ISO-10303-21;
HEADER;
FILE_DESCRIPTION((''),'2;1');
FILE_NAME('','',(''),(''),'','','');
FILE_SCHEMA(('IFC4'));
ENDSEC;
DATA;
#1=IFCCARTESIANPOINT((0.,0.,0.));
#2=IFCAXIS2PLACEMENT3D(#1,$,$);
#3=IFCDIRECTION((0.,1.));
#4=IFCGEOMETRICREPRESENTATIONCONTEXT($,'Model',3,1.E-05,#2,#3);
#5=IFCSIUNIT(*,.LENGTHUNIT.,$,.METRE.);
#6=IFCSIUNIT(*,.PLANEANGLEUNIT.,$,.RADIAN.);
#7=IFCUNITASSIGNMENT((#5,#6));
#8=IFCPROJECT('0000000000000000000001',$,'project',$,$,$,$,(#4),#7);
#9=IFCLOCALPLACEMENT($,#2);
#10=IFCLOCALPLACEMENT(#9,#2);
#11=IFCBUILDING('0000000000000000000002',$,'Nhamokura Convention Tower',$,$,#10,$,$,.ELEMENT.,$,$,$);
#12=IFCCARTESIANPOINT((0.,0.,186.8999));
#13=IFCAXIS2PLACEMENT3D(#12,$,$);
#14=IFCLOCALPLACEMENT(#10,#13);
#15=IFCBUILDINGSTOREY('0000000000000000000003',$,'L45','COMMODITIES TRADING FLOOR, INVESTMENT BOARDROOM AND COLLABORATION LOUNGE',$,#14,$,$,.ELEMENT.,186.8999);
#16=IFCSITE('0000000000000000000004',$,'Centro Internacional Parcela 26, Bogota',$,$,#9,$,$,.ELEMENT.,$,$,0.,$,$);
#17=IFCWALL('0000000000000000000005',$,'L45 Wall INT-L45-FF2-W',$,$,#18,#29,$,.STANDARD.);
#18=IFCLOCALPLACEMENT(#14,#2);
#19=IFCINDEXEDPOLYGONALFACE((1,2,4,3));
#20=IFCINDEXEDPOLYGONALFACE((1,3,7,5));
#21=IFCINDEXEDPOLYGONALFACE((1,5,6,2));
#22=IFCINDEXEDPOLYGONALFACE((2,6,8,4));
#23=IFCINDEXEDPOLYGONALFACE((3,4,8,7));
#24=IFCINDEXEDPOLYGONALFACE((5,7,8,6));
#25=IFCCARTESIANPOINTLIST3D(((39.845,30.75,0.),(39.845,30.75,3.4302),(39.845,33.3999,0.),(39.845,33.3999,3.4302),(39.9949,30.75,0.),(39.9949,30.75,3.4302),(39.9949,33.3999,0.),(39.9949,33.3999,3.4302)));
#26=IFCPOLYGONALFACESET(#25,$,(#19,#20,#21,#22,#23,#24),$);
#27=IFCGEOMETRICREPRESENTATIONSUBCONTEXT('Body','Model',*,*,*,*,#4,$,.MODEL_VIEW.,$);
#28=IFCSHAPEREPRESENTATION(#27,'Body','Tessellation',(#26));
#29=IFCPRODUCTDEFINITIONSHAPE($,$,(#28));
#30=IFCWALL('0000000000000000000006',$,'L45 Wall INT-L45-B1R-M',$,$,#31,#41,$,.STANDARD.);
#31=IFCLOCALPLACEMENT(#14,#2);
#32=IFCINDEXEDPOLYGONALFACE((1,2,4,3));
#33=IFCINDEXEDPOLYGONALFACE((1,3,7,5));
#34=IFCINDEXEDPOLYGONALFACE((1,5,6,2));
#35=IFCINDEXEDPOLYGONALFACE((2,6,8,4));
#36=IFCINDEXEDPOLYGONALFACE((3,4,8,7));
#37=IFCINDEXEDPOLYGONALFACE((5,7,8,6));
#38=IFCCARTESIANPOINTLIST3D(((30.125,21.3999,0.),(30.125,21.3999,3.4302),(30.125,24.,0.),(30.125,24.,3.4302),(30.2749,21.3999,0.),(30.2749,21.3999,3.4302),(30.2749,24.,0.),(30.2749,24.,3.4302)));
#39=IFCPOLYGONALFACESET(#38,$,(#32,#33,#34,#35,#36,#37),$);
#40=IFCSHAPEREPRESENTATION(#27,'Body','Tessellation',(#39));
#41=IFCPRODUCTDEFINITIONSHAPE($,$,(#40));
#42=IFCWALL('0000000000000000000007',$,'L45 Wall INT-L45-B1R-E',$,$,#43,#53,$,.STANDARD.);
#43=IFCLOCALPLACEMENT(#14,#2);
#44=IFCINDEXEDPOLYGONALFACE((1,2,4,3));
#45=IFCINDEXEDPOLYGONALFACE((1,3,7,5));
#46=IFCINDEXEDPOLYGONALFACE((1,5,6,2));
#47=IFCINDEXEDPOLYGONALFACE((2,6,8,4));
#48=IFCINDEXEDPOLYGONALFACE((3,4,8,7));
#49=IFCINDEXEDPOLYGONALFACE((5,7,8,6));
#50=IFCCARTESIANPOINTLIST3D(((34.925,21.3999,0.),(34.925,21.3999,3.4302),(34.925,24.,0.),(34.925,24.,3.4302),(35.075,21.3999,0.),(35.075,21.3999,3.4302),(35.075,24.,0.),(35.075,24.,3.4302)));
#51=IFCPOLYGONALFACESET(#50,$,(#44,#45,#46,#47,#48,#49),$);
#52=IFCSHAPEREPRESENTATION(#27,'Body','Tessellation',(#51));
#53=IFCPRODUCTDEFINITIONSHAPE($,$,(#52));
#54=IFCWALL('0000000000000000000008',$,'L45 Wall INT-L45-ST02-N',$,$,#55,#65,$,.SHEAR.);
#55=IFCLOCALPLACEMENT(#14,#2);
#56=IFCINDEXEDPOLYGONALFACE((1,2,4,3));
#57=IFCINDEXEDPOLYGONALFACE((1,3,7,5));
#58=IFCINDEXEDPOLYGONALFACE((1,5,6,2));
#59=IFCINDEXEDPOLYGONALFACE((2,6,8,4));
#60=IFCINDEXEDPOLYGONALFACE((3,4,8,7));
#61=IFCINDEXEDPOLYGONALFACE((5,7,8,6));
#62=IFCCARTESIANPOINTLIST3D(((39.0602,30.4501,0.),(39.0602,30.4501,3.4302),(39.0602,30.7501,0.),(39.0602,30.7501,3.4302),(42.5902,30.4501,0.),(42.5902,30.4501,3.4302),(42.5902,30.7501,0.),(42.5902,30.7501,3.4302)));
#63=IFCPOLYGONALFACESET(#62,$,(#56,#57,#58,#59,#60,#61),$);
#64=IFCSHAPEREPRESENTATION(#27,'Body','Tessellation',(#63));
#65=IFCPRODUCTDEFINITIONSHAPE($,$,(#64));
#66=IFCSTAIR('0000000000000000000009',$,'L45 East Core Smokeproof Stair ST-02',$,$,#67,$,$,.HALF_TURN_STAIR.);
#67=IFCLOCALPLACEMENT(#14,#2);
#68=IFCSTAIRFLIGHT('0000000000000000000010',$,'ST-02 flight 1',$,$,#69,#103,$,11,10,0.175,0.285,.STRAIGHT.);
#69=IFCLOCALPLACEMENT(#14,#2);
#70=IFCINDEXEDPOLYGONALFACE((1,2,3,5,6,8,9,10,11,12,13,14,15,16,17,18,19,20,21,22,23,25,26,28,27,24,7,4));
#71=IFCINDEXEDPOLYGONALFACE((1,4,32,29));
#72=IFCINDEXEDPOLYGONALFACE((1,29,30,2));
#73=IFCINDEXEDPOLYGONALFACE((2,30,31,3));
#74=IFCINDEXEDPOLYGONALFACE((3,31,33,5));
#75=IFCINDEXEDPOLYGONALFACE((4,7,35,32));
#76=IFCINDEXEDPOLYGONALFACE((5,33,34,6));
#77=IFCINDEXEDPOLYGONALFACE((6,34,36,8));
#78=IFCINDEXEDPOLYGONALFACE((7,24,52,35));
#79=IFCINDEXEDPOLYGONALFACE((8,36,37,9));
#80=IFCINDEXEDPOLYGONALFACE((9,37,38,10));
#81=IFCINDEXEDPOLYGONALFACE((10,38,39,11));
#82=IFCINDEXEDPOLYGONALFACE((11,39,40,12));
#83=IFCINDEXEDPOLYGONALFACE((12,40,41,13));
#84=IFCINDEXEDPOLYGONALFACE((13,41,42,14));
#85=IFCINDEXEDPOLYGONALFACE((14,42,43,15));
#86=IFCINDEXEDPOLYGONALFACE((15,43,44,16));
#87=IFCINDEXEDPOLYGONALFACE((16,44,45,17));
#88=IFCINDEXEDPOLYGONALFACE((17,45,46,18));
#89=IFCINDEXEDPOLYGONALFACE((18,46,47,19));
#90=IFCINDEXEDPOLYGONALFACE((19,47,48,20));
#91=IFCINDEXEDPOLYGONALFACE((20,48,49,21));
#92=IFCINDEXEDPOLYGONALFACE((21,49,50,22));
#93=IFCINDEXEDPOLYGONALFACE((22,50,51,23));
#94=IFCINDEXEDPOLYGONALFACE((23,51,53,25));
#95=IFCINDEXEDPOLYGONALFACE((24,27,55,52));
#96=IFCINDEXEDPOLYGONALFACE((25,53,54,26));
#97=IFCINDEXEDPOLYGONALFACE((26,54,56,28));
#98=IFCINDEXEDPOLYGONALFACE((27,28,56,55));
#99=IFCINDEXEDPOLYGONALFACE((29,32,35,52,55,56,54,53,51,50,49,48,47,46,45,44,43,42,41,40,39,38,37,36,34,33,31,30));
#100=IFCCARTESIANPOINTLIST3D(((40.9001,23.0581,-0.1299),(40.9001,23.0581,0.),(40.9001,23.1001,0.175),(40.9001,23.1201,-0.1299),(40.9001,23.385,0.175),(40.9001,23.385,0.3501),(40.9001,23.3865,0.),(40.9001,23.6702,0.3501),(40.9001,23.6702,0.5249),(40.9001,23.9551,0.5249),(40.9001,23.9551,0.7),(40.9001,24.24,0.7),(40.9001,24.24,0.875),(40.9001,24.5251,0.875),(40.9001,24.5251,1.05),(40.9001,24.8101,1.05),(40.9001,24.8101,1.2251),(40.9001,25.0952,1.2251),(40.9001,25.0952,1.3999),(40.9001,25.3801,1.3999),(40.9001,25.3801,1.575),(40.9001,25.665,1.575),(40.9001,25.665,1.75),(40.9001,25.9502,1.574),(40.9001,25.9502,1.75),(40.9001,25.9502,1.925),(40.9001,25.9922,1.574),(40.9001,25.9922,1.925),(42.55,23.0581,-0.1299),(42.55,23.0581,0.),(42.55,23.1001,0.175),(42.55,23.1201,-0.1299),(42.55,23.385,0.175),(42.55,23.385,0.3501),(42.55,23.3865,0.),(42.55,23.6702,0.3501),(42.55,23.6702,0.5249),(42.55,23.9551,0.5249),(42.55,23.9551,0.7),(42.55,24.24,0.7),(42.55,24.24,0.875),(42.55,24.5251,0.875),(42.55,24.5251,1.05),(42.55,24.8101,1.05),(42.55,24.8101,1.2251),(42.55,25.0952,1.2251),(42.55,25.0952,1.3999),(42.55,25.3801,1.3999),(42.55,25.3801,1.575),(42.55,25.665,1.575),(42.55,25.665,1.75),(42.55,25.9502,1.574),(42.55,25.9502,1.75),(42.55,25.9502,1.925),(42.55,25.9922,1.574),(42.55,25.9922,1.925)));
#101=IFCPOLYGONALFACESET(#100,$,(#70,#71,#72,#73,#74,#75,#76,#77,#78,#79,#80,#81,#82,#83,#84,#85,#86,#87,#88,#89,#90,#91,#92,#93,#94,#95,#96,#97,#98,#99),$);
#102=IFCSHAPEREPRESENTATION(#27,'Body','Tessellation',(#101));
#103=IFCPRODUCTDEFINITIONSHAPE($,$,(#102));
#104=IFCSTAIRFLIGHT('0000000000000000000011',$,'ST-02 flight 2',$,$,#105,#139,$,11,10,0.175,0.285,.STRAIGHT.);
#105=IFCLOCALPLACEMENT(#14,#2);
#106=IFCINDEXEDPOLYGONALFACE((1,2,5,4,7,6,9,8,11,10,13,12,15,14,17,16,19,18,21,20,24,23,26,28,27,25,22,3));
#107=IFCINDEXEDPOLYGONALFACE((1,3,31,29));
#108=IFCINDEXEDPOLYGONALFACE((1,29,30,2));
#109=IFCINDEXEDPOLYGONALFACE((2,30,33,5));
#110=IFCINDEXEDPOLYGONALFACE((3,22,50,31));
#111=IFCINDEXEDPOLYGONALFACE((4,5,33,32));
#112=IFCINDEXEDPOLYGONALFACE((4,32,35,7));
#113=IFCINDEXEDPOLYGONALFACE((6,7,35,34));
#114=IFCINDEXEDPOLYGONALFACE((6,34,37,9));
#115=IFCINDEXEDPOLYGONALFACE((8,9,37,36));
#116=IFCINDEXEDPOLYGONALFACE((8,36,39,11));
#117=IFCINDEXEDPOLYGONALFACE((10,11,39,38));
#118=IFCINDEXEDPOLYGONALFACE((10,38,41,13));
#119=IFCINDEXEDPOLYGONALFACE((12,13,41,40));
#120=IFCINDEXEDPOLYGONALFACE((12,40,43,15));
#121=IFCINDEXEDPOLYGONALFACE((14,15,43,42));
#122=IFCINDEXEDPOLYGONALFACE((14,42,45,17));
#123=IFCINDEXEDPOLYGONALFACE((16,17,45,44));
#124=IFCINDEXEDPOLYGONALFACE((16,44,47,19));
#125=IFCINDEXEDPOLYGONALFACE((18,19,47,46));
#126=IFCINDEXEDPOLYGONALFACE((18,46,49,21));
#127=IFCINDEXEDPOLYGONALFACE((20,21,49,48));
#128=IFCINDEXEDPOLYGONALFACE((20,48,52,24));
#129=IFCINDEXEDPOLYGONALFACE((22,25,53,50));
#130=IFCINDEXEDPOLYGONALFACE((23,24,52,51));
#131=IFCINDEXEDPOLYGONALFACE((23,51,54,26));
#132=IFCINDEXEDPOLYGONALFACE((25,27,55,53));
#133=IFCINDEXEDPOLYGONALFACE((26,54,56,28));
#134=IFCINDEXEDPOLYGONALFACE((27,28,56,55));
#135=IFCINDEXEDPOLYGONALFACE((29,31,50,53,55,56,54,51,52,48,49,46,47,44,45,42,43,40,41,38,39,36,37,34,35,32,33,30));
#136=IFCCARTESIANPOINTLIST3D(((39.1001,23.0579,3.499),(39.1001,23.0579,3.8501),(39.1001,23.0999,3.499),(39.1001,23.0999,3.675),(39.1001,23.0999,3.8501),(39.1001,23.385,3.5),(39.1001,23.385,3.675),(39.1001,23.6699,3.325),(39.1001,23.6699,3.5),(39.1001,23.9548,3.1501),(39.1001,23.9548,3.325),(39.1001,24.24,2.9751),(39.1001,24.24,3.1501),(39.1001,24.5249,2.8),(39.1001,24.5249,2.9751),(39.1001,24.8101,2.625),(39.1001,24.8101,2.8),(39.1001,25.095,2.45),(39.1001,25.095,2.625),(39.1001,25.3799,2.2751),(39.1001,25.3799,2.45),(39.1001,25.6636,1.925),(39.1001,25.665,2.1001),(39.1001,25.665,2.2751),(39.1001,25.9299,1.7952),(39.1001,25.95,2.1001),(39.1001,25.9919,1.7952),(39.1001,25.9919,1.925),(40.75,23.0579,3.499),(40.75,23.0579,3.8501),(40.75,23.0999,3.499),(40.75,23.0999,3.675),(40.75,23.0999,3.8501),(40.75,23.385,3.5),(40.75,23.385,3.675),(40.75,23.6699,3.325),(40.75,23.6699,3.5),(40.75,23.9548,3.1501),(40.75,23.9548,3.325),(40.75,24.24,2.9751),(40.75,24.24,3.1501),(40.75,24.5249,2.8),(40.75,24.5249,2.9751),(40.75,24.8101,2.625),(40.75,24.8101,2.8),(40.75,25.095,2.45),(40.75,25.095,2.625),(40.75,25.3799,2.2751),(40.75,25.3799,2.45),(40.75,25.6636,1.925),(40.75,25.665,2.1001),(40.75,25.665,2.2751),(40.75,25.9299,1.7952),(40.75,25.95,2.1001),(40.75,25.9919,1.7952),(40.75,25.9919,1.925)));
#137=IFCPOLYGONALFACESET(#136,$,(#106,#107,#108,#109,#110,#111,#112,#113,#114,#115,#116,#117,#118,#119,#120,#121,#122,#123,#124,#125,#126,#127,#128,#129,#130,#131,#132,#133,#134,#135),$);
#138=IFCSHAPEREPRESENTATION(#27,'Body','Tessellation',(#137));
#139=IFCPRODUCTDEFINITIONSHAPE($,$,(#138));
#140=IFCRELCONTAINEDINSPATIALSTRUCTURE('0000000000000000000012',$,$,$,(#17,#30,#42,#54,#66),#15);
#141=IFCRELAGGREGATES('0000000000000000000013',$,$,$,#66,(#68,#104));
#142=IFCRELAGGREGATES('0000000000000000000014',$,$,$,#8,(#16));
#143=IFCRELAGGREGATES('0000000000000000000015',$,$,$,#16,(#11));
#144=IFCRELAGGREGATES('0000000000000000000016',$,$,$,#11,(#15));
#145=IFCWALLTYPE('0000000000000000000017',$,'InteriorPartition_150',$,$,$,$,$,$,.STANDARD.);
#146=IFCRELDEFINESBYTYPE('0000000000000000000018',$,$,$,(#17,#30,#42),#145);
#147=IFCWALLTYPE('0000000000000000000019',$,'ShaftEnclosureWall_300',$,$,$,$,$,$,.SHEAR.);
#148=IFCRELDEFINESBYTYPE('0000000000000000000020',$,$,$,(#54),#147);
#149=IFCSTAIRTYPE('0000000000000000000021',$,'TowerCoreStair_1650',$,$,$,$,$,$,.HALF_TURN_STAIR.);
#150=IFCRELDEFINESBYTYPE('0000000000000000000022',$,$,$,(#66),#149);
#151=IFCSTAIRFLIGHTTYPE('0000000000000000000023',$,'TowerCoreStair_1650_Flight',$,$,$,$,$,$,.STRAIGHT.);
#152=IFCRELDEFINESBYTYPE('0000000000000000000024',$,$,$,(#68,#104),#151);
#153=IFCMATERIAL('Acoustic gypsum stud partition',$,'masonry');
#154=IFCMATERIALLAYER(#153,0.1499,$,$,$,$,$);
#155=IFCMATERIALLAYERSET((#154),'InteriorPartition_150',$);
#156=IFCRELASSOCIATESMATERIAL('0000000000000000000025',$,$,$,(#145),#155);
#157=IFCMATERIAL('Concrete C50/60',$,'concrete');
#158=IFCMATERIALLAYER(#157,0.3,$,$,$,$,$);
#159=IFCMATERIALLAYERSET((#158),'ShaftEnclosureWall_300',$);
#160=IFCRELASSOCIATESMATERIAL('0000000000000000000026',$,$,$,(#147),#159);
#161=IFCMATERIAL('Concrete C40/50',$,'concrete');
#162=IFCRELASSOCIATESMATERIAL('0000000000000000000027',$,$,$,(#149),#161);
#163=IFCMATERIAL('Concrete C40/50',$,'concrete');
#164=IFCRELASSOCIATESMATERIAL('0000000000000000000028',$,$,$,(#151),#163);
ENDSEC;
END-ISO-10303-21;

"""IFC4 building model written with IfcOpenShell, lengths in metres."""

from ifc_helpers import new_model, si_unit, direction, frame, frame_2d, origin, place, context, subcontext, project, spatial, polyline, rectangle, outline, extrude, material, layer, layer_set, type_object, element, aggregate, save


model = new_model("IFC4")

# Units and contexts
model_context = context("Model", 3, precision=1e-05, world=origin(), true_north=direction((0.0, 1.0)))
body_context = subcontext(model_context, "Body", "Model", "MODEL_VIEW")
ifc_project = project(units=[si_unit("LENGTHUNIT", "METRE"), si_unit("PLANEANGLEUNIT", "RADIAN")], contexts=[model_context])

# Site, building, storey
site_placement = place(None, origin())
site = spatial("IfcSite", under=ifc_project, at=site_placement, Name="Centro Internacional Parcela 26, Bogota", CompositionType="ELEMENT", RefElevation=0.0)
building_placement = place(site_placement, origin())
building = spatial("IfcBuilding", under=site, at=building_placement, Name="Nhamokura Convention Tower", CompositionType="ELEMENT")
storey_placement = place(building_placement, frame((0.0, 0.0, 186.8999)))
storey = spatial("IfcBuildingStorey", under=building, at=storey_placement, Name="L45", Description="COMMODITIES TRADING FLOOR, INVESTMENT BOARDROOM AND COLLABORATION LOUNGE", CompositionType="ELEMENT", Elevation=186.8999)

# Walls
ifc_material_1 = material(Name="Acoustic gypsum stud partition", Category="masonry")
ifc_layer_1 = layer(ifc_material_1, 0.1499)
ifc_layer_set_1 = layer_set([ifc_layer_1], Name="InteriorPartition_150")
wall_type_1 = type_object("IfcWallType", Name="InteriorPartition_150", PredefinedType="STANDARD", material=ifc_layer_set_1)
wall_1_placement = place(storey_placement, frame((39.9199, 30.75, 0.0), z_axis=(0.0, 0.0, 1.0), x_axis=(0.0, 1.0, 0.0)))
element("IfcWall", 1, at=wall_1_placement, inside=storey, type_object=wall_type_1, Name="L45 Wall INT-L45-FF2-W", PredefinedType="STANDARD", context=body_context, shape_type="SweptSolid", body=[
    extrude(rectangle(XDim=2.6499, YDim=0.1499, at=frame_2d((1.325, 0.0))), origin(), (0.0, 0.0, 1.0), 3.4302),
])
for number, where, z_axis, x_axis, name in (
    (2, (30.2, 21.3999, 0.0), (0.0, 0.0, 1.0), (0.0, 1.0, 0.0), "L45 Wall INT-L45-B1R-M"),
    (3, (35.0, 21.3999, 0.0), (0.0, 0.0, 1.0), (0.0, 1.0, 0.0), "L45 Wall INT-L45-B1R-E"),
):
    element("IfcWall", number, at=place(storey_placement, frame(where, z_axis=z_axis, x_axis=x_axis)), inside=storey, type_object=wall_type_1, Name=name, PredefinedType="STANDARD", context=body_context, shape_type="SweptSolid", body=[
        extrude(rectangle(XDim=2.6001, YDim=0.1499, at=frame_2d((1.3, 0.0))), origin(), (0.0, 0.0, 1.0), 3.4302),
    ])
ifc_material_2 = material(Name="Concrete C50/60", Category="concrete")
ifc_layer_2 = layer(ifc_material_2, 0.3)
ifc_layer_set_2 = layer_set([ifc_layer_2], Name="ShaftEnclosureWall_300")
wall_type_2 = type_object("IfcWallType", Name="ShaftEnclosureWall_300", PredefinedType="SHEAR", material=ifc_layer_set_2)
wall_2_placement = place(storey_placement, frame((39.0601, 30.6001, 0.0), z_axis=(0.0, 0.0, 1.0), x_axis=(1.0, 0.0, 0.0)))
element("IfcWall", 4, at=wall_2_placement, inside=storey, type_object=wall_type_2, Name="L45 Wall INT-L45-ST02-N", PredefinedType="SHEAR", context=body_context, shape_type="SweptSolid", body=[
    extrude(rectangle(XDim=3.53, YDim=0.3, at=frame_2d((1.7651, 0.0))), origin(), (0.0, 0.0, 1.0), 3.4302),
])

# Stair, stair flights
ifc_material_3 = material(Name="Concrete C40/50", Category="concrete")
stair_type = type_object("IfcStairType", Name="TowerCoreStair_1650", PredefinedType="HALF_TURN_STAIR", material=ifc_material_3)
stair_placement = place(storey_placement, origin())
stair = element("IfcStair", 5, at=stair_placement, inside=storey, type_object=stair_type, Name="L45 East Core Smokeproof Stair ST-02", PredefinedType="HALF_TURN_STAIR")
ifc_material_4 = material(Name="Concrete C40/50", Category="concrete")
stair_flight_type = type_object("IfcStairFlightType", Name="TowerCoreStair_1650_Flight", PredefinedType="STRAIGHT", material=ifc_material_4)
stair_flight_1_placement = place(storey_placement, frame((41.7251, 23.1001, 0.0), z_axis=(0.0, 0.0, 1.0), x_axis=(0.0, 1.0, 0.0)))
stair_flight_1 = element("IfcStairFlight", 6, at=stair_flight_1_placement, type_object=stair_flight_type, Name="ST-02 flight 1", NumberOfRisers=11, NumberOfTreads=10, PredefinedType="STRAIGHT", RiserHeight=0.175, TreadLength=0.285, context=body_context, shape_type="SweptSolid", body=[
    extrude(outline(polyline([(-0.042, 0.0), (0.0, 0.175), (0.2849, 0.175), (0.2849, 0.3501), (0.5701, 0.3501), (0.5701, 0.5249), (0.855, 0.5249), (0.855, 0.7), (1.1399, 0.7), (1.1399, 0.875), (1.425, 0.875), (1.425, 1.05), (1.71, 1.05), (1.71, 1.2251), (1.9951, 1.2251), (1.9951, 1.3999), (2.28, 1.3999), (2.28, 1.575), (2.5649, 1.575), (2.5649, 1.75), (2.8501, 1.75), (2.8501, 1.925), (2.8921, 1.925), (2.8921, 1.574), (2.8501, 1.574), (0.2864, 0.0), (0.02, -0.1299), (-0.042, -0.1299), (-0.042, 0.0)])), frame((0.0, 0.825, 0.0), z_axis=(0.0, -1.0, 0.0), x_axis=(1.0, 0.0, 0.0)), (0.0, 0.0, 1.0), 1.6499),
])
stair_flight_2_placement = place(storey_placement, frame((39.925, 25.95, 1.925), z_axis=(0.0, 0.0, 1.0), x_axis=(0.0, -1.0, 0.0)))
stair_flight_2 = element("IfcStairFlight", 7, at=stair_flight_2_placement, type_object=stair_flight_type, Name="ST-02 flight 2", NumberOfRisers=11, NumberOfTreads=10, PredefinedType="STRAIGHT", RiserHeight=0.175, TreadLength=0.285, context=body_context, shape_type="SweptSolid", body=[
    extrude(outline(polyline([(-0.042, 0.0), (0.0, 0.175), (0.2849, 0.175), (0.2849, 0.3501), (0.5701, 0.3501), (0.5701, 0.5249), (0.855, 0.5249), (0.855, 0.7), (1.1399, 0.7), (1.1399, 0.875), (1.425, 0.875), (1.425, 1.05), (1.71, 1.05), (1.71, 1.2251), (1.9951, 1.2251), (1.9951, 1.3999), (2.28, 1.3999), (2.28, 1.575), (2.5649, 1.575), (2.5649, 1.75), (2.8501, 1.75), (2.8501, 1.925), (2.8921, 1.925), (2.8921, 1.574), (2.8501, 1.574), (0.2864, 0.0), (0.02, -0.1299), (-0.042, -0.1299), (-0.042, 0.0)])), frame((0.0, 0.825, 0.0), z_axis=(0.0, -1.0, 0.0), x_axis=(1.0, 0.0, 0.0)), (0.0, 0.0, 1.0), 1.6499),
])
aggregate(stair, [stair_flight_1, stair_flight_2])

save(model, "model.ifc")
